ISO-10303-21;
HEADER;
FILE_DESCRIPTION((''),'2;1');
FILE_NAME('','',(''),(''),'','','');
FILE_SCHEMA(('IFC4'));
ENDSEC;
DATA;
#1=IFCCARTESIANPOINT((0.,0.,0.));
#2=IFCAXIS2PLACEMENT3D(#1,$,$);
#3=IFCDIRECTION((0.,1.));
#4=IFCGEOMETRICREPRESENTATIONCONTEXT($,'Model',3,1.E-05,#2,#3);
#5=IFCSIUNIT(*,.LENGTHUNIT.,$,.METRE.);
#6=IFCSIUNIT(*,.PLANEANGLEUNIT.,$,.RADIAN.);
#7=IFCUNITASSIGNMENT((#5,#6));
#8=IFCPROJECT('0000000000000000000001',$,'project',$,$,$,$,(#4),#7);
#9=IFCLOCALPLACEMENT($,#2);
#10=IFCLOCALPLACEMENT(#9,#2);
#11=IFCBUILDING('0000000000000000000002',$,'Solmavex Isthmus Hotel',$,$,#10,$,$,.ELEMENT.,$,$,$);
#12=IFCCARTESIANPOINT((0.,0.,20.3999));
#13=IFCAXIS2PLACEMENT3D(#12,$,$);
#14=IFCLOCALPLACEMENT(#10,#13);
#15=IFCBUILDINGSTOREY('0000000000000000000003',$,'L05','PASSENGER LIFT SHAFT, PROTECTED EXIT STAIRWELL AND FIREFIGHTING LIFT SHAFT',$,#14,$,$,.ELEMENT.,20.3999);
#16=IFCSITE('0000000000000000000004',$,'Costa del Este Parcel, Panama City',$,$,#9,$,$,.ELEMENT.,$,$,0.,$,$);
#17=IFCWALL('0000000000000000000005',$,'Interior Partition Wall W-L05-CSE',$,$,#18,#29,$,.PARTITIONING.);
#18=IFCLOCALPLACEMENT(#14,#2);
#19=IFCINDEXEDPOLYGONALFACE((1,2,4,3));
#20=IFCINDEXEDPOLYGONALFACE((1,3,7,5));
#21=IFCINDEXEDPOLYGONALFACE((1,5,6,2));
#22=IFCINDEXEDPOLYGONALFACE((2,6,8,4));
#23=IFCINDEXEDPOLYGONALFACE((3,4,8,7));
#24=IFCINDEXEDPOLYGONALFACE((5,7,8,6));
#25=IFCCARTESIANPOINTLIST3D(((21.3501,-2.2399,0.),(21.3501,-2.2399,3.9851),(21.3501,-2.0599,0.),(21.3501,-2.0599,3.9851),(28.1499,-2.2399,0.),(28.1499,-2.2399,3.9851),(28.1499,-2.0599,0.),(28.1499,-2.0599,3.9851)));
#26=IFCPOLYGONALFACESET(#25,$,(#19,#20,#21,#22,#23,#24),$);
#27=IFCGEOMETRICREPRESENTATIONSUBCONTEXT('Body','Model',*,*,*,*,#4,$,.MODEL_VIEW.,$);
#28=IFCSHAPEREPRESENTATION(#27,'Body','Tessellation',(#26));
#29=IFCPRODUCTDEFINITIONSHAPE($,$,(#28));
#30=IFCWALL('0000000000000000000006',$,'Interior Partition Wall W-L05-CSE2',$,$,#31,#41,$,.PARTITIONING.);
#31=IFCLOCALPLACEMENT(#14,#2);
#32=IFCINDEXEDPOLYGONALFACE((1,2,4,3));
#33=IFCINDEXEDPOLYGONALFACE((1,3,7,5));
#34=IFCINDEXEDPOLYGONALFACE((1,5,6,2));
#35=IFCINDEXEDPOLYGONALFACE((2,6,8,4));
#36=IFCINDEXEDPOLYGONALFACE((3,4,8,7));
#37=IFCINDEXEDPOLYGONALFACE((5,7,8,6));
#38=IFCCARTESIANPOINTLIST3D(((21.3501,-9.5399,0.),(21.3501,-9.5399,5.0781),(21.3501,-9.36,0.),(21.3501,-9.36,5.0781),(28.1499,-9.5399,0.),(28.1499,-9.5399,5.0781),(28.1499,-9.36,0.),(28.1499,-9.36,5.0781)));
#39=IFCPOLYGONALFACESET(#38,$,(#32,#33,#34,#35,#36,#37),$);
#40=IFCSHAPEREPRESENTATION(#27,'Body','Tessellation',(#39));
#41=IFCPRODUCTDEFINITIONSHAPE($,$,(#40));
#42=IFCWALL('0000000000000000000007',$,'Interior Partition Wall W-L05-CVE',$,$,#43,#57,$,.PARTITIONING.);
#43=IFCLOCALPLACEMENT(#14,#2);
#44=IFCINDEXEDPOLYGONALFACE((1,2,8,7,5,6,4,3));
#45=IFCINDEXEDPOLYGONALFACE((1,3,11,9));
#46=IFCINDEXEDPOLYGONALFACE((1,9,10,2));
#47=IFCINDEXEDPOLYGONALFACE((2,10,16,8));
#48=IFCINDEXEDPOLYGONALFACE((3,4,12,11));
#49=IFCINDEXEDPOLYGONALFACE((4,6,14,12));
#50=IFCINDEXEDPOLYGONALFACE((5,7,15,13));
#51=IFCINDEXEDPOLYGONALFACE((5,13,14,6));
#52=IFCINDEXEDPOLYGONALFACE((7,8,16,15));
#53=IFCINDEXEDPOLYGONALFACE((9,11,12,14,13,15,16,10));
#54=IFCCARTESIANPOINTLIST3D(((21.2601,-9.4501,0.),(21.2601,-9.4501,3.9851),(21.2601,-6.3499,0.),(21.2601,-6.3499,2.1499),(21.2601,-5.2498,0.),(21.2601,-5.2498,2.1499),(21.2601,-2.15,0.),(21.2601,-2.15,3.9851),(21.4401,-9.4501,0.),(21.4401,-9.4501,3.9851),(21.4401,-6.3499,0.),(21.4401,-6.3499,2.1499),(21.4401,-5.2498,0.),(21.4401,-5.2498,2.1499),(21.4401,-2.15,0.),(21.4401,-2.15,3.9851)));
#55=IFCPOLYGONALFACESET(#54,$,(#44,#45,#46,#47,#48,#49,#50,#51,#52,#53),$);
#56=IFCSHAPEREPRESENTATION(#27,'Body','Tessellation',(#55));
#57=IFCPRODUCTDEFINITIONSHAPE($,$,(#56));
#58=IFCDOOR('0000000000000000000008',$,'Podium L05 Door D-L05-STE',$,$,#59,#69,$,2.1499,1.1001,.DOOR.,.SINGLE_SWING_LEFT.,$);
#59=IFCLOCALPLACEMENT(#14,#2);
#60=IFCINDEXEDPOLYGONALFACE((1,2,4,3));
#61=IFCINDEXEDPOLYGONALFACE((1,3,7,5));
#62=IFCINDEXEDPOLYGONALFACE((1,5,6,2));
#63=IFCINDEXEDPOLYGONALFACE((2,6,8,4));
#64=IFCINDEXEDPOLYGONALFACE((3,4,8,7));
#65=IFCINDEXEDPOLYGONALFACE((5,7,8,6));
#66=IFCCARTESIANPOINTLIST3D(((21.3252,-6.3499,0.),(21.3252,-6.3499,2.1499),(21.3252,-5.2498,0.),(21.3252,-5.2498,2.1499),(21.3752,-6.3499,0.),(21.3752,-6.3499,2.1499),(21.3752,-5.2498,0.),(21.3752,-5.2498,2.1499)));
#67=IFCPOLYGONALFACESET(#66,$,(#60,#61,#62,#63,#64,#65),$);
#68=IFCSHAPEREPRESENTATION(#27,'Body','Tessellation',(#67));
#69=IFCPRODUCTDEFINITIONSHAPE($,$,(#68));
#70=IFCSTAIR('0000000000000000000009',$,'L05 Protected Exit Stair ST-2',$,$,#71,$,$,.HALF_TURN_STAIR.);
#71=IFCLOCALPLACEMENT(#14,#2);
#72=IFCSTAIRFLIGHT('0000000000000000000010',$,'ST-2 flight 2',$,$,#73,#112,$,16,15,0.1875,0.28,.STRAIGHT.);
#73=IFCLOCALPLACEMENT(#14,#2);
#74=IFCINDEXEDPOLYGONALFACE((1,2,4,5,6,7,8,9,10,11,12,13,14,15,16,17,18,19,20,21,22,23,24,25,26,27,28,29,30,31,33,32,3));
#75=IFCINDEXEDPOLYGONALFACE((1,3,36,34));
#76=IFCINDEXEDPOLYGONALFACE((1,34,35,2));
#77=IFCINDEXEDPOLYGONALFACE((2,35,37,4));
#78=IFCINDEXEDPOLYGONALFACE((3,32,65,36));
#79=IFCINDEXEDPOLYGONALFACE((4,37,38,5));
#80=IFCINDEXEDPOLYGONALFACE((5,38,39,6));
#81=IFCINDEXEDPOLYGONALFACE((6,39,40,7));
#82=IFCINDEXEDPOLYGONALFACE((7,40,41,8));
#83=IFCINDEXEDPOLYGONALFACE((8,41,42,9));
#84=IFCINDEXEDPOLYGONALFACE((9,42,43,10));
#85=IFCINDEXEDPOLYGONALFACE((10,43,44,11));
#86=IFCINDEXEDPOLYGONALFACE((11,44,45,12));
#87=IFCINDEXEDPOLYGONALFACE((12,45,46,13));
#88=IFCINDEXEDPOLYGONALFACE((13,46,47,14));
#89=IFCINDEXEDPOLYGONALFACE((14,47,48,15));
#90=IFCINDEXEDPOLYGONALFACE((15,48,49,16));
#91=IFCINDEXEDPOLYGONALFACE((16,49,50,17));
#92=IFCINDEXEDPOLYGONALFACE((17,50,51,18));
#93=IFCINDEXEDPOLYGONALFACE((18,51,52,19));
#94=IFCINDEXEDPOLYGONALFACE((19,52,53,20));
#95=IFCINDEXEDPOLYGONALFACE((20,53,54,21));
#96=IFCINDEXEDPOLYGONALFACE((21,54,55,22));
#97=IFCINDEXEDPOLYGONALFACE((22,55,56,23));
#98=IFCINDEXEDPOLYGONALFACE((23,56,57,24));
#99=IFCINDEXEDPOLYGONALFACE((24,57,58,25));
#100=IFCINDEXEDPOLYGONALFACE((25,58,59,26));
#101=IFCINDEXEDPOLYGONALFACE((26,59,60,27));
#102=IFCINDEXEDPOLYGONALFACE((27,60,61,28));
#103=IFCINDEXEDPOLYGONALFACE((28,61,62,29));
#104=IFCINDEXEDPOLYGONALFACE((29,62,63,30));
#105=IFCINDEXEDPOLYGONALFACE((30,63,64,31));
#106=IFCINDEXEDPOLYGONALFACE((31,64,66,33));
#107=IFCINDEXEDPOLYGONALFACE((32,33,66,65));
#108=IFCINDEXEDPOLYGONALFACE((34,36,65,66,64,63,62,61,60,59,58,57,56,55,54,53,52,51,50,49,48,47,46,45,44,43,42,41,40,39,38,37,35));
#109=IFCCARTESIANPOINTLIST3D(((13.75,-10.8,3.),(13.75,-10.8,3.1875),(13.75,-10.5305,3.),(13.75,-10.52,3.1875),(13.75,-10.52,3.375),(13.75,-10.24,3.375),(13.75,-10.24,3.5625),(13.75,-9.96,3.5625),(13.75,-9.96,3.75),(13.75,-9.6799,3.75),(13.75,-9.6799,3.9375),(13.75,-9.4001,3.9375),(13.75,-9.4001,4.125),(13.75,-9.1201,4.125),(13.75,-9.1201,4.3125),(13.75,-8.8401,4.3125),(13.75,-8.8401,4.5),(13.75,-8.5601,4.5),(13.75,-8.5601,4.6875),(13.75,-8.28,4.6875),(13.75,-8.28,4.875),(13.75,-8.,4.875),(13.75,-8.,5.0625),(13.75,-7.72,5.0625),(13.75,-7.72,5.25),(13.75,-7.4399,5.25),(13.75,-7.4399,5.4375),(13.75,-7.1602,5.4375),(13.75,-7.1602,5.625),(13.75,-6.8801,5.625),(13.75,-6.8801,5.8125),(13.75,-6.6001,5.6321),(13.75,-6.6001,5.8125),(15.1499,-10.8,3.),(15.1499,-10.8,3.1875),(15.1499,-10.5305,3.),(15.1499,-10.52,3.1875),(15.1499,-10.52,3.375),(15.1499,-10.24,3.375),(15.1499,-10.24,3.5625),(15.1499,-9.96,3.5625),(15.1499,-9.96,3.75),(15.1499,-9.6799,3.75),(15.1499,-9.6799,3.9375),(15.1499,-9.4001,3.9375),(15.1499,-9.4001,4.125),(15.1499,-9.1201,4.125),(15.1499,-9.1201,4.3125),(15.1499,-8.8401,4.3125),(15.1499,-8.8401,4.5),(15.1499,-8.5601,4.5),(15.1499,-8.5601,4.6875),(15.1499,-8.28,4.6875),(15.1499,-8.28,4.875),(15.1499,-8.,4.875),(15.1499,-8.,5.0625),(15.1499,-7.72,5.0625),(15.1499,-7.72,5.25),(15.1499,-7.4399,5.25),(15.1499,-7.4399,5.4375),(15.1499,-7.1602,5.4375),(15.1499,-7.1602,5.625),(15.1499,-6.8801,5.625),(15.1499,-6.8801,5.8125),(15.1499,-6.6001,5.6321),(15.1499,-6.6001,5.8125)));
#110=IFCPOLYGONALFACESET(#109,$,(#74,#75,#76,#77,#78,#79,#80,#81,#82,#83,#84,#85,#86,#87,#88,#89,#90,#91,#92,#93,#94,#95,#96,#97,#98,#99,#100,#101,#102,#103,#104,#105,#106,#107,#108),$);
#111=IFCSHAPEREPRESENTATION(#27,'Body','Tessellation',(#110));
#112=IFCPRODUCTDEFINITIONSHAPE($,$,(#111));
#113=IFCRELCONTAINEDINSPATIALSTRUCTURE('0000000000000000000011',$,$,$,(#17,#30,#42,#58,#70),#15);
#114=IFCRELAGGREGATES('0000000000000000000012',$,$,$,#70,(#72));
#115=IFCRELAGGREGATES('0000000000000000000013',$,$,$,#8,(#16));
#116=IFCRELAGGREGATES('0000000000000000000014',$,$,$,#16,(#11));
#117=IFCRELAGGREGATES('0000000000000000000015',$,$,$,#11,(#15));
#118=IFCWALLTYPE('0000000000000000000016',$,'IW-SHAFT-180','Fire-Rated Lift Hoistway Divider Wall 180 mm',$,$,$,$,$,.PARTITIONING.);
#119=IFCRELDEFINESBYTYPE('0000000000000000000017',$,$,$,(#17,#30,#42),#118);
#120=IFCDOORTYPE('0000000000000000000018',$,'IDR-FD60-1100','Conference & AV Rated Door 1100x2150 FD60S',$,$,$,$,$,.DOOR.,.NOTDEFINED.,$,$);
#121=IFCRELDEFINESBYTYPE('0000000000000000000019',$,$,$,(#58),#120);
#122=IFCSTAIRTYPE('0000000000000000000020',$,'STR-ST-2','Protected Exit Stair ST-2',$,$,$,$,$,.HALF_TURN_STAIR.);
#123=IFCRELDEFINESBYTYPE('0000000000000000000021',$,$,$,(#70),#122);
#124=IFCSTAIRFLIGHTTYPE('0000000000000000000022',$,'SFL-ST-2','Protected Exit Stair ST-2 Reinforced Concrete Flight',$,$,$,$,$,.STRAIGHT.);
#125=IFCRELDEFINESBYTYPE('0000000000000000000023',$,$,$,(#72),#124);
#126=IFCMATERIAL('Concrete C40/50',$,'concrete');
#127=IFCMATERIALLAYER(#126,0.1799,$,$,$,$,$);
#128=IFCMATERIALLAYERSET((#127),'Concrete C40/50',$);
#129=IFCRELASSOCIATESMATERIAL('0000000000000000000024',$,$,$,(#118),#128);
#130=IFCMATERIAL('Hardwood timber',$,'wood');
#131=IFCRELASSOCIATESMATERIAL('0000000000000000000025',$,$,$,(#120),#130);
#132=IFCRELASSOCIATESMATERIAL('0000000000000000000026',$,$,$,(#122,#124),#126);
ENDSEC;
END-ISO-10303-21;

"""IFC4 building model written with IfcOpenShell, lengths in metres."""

from ifc_helpers import new_model, si_unit, direction, frame, frame_2d, origin, place, context, subcontext, project, spatial, polyline, rectangle, outline, extrude, material, layer, layer_set, type_object, element, fill, aggregate, save


model = new_model("IFC4")

# Units and contexts
model_context = context("Model", 3, precision=1e-05, world=origin(), true_north=direction((0.0, 1.0)))
body_context = subcontext(model_context, "Body", "Model", "MODEL_VIEW")
ifc_project = project(units=[si_unit("LENGTHUNIT", "METRE"), si_unit("PLANEANGLEUNIT", "RADIAN")], contexts=[model_context])

# Site, building, storey
site_placement = place(None, origin())
site = spatial("IfcSite", under=ifc_project, at=site_placement, Name="Costa del Este Parcel, Panama City", CompositionType="ELEMENT", RefElevation=0.0)
building_placement = place(site_placement, origin())
building = spatial("IfcBuilding", under=site, at=building_placement, Name="Solmavex Isthmus Hotel", CompositionType="ELEMENT")
storey_placement = place(building_placement, frame((0.0, 0.0, 20.3999)))
storey = spatial("IfcBuildingStorey", under=building, at=storey_placement, Name="L05", Description="PASSENGER LIFT SHAFT, PROTECTED EXIT STAIRWELL AND FIREFIGHTING LIFT SHAFT", CompositionType="ELEMENT", Elevation=20.3999)

# Walls
ifc_material_1 = material(Name="Concrete C40/50", Category="concrete")
ifc_layer_1 = layer(ifc_material_1, 0.1799)
ifc_layer_set_1 = layer_set([ifc_layer_1], Name="Concrete C40/50")
wall_type = type_object("IfcWallType", Name="IW-SHAFT-180", Description="Fire-Rated Lift Hoistway Divider Wall 180 mm", PredefinedType="PARTITIONING", material=ifc_layer_set_1)
wall_1_placement = place(storey_placement, frame((21.3501, -2.1499, 0.0), z_axis=(0.0, 0.0, 1.0), x_axis=(1.0, 0.0, 0.0)))
element("IfcWall", 1, at=wall_1_placement, inside=storey, type_object=wall_type, Name="Interior Partition Wall W-L05-CSE", PredefinedType="PARTITIONING", context=body_context, shape_type="SweptSolid", body=[
    extrude(rectangle(XDim=6.7998, YDim=0.1799, at=frame_2d((3.3999, 0.0))), origin(), (0.0, 0.0, 1.0), 3.9851),
])
wall_2_placement = place(storey_placement, frame((21.3501, -9.45, 0.0), z_axis=(0.0, 0.0, 1.0), x_axis=(1.0, 0.0, 0.0)))
element("IfcWall", 2, at=wall_2_placement, inside=storey, type_object=wall_type, Name="Interior Partition Wall W-L05-CSE2", PredefinedType="PARTITIONING", context=body_context, shape_type="SweptSolid", body=[
    extrude(rectangle(XDim=6.7998, YDim=0.1799, at=frame_2d((3.3999, 0.0))), origin(), (0.0, 0.0, 1.0), 5.0781),
])

# Wall, opening, door
wall_3_placement = place(storey_placement, frame((21.3501, -9.45, 0.0), z_axis=(0.0, 0.0, 1.0), x_axis=(0.0, 1.0, 0.0)))
wall_3 = element("IfcWall", 3, at=wall_3_placement, inside=storey, type_object=wall_type, Name="Interior Partition Wall W-L05-CVE", PredefinedType="PARTITIONING", context=body_context, shape_type="SweptSolid", body=[
    extrude(rectangle(XDim=7.3, YDim=0.1799, at=frame_2d((3.6499, 0.0))), origin(), (0.0, 0.0, 1.0), 3.9851),
])
opening_placement = place(wall_3_placement, frame((3.1001, 0.0, 0.0)))
opening = element("IfcOpeningElement", 4, at=opening_placement, cuts=wall_3, PredefinedType="OPENING", context=body_context, shape_type="SweptSolid", body=[
    extrude(rectangle(XDim=1.1001, YDim=2.1499, at=frame_2d((0.55, 1.075))), frame((0.0, 0.0999, 0.0), z_axis=(0.0, -1.0, 0.0), x_axis=(1.0, 0.0, 0.0)), (0.0, 0.0, 1.0), 0.2),
])
ifc_material_2 = material(Name="Hardwood timber", Category="wood")
door_type = type_object("IfcDoorType", Name="IDR-FD60-1100", Description="Conference & AV Rated Door 1100x2150 FD60S", OperationType="NOTDEFINED", PredefinedType="DOOR", material=ifc_material_2)
door_placement = place(opening_placement, origin())
door = element("IfcDoor", 5, at=door_placement, inside=storey, type_object=door_type, Name="Podium L05 Door D-L05-STE", OperationType="SINGLE_SWING_LEFT", OverallHeight=2.1499, OverallWidth=1.1001, PredefinedType="DOOR", context=body_context, shape_type="SweptSolid", body=[
    extrude(rectangle(XDim=1.1001, YDim=2.1499, at=frame_2d((0.55, 1.075))), frame((0.0, 0.0249, 0.0), z_axis=(0.0, -1.0, 0.0), x_axis=(1.0, 0.0, 0.0)), (0.0, 0.0, 1.0), 0.05),
])
fill(opening, door)

# Stair, stair flight
stair_type = type_object("IfcStairType", Name="STR-ST-2", Description="Protected Exit Stair ST-2", PredefinedType="HALF_TURN_STAIR", material=ifc_material_1)
stair_placement = place(storey_placement, origin())
stair = element("IfcStair", 6, at=stair_placement, inside=storey, type_object=stair_type, Name="L05 Protected Exit Stair ST-2", PredefinedType="HALF_TURN_STAIR")
stair_flight_type = type_object("IfcStairFlightType", Name="SFL-ST-2", Description="Protected Exit Stair ST-2 Reinforced Concrete Flight", PredefinedType="STRAIGHT", material=ifc_material_1)
stair_flight_placement = place(storey_placement, frame((14.45, -10.8, 3.0), z_axis=(0.0, 0.0, 1.0), x_axis=(0.0, 1.0, 0.0)))
stair_flight = element("IfcStairFlight", 7, at=stair_flight_placement, type_object=stair_flight_type, Name="ST-2 flight 2", NumberOfRisers=16, NumberOfTreads=15, PredefinedType="STRAIGHT", RiserHeight=0.1875, TreadLength=0.28, context=body_context, shape_type="SweptSolid", body=[
    extrude(outline(polyline([(0.0, 0.0), (0.0, 0.1875), (0.28, 0.1875), (0.28, 0.375), (0.5601, 0.375), (0.5601, 0.5625), (0.8401, 0.5625), (0.8401, 0.75), (1.1201, 0.75), (1.1201, 0.9375), (1.3999, 0.9375), (1.3999, 1.125), (1.6799, 1.125), (1.6799, 1.3125), (1.96, 1.3125), (1.96, 1.5), (2.24, 1.5), (2.24, 1.6875), (2.52, 1.6875), (2.52, 1.875), (2.8, 1.875), (2.8, 2.0625), (3.0801, 2.0625), (3.0801, 2.25), (3.3601, 2.25), (3.3601, 2.4375), (3.6399, 2.4375), (3.6399, 2.625), (3.9199, 2.625), (3.9199, 2.8125), (4.2, 2.8125), (4.2, 3.0), (4.2, 2.6321), (0.2695, 0.0), (0.0, 0.0)])), frame((0.0, 0.7, 0.0), z_axis=(0.0, -1.0, 0.0), x_axis=(1.0, 0.0, 0.0)), (0.0, 0.0, 1.0), 1.3999),
])
aggregate(stair, [stair_flight])

save(model, "model.ifc")
